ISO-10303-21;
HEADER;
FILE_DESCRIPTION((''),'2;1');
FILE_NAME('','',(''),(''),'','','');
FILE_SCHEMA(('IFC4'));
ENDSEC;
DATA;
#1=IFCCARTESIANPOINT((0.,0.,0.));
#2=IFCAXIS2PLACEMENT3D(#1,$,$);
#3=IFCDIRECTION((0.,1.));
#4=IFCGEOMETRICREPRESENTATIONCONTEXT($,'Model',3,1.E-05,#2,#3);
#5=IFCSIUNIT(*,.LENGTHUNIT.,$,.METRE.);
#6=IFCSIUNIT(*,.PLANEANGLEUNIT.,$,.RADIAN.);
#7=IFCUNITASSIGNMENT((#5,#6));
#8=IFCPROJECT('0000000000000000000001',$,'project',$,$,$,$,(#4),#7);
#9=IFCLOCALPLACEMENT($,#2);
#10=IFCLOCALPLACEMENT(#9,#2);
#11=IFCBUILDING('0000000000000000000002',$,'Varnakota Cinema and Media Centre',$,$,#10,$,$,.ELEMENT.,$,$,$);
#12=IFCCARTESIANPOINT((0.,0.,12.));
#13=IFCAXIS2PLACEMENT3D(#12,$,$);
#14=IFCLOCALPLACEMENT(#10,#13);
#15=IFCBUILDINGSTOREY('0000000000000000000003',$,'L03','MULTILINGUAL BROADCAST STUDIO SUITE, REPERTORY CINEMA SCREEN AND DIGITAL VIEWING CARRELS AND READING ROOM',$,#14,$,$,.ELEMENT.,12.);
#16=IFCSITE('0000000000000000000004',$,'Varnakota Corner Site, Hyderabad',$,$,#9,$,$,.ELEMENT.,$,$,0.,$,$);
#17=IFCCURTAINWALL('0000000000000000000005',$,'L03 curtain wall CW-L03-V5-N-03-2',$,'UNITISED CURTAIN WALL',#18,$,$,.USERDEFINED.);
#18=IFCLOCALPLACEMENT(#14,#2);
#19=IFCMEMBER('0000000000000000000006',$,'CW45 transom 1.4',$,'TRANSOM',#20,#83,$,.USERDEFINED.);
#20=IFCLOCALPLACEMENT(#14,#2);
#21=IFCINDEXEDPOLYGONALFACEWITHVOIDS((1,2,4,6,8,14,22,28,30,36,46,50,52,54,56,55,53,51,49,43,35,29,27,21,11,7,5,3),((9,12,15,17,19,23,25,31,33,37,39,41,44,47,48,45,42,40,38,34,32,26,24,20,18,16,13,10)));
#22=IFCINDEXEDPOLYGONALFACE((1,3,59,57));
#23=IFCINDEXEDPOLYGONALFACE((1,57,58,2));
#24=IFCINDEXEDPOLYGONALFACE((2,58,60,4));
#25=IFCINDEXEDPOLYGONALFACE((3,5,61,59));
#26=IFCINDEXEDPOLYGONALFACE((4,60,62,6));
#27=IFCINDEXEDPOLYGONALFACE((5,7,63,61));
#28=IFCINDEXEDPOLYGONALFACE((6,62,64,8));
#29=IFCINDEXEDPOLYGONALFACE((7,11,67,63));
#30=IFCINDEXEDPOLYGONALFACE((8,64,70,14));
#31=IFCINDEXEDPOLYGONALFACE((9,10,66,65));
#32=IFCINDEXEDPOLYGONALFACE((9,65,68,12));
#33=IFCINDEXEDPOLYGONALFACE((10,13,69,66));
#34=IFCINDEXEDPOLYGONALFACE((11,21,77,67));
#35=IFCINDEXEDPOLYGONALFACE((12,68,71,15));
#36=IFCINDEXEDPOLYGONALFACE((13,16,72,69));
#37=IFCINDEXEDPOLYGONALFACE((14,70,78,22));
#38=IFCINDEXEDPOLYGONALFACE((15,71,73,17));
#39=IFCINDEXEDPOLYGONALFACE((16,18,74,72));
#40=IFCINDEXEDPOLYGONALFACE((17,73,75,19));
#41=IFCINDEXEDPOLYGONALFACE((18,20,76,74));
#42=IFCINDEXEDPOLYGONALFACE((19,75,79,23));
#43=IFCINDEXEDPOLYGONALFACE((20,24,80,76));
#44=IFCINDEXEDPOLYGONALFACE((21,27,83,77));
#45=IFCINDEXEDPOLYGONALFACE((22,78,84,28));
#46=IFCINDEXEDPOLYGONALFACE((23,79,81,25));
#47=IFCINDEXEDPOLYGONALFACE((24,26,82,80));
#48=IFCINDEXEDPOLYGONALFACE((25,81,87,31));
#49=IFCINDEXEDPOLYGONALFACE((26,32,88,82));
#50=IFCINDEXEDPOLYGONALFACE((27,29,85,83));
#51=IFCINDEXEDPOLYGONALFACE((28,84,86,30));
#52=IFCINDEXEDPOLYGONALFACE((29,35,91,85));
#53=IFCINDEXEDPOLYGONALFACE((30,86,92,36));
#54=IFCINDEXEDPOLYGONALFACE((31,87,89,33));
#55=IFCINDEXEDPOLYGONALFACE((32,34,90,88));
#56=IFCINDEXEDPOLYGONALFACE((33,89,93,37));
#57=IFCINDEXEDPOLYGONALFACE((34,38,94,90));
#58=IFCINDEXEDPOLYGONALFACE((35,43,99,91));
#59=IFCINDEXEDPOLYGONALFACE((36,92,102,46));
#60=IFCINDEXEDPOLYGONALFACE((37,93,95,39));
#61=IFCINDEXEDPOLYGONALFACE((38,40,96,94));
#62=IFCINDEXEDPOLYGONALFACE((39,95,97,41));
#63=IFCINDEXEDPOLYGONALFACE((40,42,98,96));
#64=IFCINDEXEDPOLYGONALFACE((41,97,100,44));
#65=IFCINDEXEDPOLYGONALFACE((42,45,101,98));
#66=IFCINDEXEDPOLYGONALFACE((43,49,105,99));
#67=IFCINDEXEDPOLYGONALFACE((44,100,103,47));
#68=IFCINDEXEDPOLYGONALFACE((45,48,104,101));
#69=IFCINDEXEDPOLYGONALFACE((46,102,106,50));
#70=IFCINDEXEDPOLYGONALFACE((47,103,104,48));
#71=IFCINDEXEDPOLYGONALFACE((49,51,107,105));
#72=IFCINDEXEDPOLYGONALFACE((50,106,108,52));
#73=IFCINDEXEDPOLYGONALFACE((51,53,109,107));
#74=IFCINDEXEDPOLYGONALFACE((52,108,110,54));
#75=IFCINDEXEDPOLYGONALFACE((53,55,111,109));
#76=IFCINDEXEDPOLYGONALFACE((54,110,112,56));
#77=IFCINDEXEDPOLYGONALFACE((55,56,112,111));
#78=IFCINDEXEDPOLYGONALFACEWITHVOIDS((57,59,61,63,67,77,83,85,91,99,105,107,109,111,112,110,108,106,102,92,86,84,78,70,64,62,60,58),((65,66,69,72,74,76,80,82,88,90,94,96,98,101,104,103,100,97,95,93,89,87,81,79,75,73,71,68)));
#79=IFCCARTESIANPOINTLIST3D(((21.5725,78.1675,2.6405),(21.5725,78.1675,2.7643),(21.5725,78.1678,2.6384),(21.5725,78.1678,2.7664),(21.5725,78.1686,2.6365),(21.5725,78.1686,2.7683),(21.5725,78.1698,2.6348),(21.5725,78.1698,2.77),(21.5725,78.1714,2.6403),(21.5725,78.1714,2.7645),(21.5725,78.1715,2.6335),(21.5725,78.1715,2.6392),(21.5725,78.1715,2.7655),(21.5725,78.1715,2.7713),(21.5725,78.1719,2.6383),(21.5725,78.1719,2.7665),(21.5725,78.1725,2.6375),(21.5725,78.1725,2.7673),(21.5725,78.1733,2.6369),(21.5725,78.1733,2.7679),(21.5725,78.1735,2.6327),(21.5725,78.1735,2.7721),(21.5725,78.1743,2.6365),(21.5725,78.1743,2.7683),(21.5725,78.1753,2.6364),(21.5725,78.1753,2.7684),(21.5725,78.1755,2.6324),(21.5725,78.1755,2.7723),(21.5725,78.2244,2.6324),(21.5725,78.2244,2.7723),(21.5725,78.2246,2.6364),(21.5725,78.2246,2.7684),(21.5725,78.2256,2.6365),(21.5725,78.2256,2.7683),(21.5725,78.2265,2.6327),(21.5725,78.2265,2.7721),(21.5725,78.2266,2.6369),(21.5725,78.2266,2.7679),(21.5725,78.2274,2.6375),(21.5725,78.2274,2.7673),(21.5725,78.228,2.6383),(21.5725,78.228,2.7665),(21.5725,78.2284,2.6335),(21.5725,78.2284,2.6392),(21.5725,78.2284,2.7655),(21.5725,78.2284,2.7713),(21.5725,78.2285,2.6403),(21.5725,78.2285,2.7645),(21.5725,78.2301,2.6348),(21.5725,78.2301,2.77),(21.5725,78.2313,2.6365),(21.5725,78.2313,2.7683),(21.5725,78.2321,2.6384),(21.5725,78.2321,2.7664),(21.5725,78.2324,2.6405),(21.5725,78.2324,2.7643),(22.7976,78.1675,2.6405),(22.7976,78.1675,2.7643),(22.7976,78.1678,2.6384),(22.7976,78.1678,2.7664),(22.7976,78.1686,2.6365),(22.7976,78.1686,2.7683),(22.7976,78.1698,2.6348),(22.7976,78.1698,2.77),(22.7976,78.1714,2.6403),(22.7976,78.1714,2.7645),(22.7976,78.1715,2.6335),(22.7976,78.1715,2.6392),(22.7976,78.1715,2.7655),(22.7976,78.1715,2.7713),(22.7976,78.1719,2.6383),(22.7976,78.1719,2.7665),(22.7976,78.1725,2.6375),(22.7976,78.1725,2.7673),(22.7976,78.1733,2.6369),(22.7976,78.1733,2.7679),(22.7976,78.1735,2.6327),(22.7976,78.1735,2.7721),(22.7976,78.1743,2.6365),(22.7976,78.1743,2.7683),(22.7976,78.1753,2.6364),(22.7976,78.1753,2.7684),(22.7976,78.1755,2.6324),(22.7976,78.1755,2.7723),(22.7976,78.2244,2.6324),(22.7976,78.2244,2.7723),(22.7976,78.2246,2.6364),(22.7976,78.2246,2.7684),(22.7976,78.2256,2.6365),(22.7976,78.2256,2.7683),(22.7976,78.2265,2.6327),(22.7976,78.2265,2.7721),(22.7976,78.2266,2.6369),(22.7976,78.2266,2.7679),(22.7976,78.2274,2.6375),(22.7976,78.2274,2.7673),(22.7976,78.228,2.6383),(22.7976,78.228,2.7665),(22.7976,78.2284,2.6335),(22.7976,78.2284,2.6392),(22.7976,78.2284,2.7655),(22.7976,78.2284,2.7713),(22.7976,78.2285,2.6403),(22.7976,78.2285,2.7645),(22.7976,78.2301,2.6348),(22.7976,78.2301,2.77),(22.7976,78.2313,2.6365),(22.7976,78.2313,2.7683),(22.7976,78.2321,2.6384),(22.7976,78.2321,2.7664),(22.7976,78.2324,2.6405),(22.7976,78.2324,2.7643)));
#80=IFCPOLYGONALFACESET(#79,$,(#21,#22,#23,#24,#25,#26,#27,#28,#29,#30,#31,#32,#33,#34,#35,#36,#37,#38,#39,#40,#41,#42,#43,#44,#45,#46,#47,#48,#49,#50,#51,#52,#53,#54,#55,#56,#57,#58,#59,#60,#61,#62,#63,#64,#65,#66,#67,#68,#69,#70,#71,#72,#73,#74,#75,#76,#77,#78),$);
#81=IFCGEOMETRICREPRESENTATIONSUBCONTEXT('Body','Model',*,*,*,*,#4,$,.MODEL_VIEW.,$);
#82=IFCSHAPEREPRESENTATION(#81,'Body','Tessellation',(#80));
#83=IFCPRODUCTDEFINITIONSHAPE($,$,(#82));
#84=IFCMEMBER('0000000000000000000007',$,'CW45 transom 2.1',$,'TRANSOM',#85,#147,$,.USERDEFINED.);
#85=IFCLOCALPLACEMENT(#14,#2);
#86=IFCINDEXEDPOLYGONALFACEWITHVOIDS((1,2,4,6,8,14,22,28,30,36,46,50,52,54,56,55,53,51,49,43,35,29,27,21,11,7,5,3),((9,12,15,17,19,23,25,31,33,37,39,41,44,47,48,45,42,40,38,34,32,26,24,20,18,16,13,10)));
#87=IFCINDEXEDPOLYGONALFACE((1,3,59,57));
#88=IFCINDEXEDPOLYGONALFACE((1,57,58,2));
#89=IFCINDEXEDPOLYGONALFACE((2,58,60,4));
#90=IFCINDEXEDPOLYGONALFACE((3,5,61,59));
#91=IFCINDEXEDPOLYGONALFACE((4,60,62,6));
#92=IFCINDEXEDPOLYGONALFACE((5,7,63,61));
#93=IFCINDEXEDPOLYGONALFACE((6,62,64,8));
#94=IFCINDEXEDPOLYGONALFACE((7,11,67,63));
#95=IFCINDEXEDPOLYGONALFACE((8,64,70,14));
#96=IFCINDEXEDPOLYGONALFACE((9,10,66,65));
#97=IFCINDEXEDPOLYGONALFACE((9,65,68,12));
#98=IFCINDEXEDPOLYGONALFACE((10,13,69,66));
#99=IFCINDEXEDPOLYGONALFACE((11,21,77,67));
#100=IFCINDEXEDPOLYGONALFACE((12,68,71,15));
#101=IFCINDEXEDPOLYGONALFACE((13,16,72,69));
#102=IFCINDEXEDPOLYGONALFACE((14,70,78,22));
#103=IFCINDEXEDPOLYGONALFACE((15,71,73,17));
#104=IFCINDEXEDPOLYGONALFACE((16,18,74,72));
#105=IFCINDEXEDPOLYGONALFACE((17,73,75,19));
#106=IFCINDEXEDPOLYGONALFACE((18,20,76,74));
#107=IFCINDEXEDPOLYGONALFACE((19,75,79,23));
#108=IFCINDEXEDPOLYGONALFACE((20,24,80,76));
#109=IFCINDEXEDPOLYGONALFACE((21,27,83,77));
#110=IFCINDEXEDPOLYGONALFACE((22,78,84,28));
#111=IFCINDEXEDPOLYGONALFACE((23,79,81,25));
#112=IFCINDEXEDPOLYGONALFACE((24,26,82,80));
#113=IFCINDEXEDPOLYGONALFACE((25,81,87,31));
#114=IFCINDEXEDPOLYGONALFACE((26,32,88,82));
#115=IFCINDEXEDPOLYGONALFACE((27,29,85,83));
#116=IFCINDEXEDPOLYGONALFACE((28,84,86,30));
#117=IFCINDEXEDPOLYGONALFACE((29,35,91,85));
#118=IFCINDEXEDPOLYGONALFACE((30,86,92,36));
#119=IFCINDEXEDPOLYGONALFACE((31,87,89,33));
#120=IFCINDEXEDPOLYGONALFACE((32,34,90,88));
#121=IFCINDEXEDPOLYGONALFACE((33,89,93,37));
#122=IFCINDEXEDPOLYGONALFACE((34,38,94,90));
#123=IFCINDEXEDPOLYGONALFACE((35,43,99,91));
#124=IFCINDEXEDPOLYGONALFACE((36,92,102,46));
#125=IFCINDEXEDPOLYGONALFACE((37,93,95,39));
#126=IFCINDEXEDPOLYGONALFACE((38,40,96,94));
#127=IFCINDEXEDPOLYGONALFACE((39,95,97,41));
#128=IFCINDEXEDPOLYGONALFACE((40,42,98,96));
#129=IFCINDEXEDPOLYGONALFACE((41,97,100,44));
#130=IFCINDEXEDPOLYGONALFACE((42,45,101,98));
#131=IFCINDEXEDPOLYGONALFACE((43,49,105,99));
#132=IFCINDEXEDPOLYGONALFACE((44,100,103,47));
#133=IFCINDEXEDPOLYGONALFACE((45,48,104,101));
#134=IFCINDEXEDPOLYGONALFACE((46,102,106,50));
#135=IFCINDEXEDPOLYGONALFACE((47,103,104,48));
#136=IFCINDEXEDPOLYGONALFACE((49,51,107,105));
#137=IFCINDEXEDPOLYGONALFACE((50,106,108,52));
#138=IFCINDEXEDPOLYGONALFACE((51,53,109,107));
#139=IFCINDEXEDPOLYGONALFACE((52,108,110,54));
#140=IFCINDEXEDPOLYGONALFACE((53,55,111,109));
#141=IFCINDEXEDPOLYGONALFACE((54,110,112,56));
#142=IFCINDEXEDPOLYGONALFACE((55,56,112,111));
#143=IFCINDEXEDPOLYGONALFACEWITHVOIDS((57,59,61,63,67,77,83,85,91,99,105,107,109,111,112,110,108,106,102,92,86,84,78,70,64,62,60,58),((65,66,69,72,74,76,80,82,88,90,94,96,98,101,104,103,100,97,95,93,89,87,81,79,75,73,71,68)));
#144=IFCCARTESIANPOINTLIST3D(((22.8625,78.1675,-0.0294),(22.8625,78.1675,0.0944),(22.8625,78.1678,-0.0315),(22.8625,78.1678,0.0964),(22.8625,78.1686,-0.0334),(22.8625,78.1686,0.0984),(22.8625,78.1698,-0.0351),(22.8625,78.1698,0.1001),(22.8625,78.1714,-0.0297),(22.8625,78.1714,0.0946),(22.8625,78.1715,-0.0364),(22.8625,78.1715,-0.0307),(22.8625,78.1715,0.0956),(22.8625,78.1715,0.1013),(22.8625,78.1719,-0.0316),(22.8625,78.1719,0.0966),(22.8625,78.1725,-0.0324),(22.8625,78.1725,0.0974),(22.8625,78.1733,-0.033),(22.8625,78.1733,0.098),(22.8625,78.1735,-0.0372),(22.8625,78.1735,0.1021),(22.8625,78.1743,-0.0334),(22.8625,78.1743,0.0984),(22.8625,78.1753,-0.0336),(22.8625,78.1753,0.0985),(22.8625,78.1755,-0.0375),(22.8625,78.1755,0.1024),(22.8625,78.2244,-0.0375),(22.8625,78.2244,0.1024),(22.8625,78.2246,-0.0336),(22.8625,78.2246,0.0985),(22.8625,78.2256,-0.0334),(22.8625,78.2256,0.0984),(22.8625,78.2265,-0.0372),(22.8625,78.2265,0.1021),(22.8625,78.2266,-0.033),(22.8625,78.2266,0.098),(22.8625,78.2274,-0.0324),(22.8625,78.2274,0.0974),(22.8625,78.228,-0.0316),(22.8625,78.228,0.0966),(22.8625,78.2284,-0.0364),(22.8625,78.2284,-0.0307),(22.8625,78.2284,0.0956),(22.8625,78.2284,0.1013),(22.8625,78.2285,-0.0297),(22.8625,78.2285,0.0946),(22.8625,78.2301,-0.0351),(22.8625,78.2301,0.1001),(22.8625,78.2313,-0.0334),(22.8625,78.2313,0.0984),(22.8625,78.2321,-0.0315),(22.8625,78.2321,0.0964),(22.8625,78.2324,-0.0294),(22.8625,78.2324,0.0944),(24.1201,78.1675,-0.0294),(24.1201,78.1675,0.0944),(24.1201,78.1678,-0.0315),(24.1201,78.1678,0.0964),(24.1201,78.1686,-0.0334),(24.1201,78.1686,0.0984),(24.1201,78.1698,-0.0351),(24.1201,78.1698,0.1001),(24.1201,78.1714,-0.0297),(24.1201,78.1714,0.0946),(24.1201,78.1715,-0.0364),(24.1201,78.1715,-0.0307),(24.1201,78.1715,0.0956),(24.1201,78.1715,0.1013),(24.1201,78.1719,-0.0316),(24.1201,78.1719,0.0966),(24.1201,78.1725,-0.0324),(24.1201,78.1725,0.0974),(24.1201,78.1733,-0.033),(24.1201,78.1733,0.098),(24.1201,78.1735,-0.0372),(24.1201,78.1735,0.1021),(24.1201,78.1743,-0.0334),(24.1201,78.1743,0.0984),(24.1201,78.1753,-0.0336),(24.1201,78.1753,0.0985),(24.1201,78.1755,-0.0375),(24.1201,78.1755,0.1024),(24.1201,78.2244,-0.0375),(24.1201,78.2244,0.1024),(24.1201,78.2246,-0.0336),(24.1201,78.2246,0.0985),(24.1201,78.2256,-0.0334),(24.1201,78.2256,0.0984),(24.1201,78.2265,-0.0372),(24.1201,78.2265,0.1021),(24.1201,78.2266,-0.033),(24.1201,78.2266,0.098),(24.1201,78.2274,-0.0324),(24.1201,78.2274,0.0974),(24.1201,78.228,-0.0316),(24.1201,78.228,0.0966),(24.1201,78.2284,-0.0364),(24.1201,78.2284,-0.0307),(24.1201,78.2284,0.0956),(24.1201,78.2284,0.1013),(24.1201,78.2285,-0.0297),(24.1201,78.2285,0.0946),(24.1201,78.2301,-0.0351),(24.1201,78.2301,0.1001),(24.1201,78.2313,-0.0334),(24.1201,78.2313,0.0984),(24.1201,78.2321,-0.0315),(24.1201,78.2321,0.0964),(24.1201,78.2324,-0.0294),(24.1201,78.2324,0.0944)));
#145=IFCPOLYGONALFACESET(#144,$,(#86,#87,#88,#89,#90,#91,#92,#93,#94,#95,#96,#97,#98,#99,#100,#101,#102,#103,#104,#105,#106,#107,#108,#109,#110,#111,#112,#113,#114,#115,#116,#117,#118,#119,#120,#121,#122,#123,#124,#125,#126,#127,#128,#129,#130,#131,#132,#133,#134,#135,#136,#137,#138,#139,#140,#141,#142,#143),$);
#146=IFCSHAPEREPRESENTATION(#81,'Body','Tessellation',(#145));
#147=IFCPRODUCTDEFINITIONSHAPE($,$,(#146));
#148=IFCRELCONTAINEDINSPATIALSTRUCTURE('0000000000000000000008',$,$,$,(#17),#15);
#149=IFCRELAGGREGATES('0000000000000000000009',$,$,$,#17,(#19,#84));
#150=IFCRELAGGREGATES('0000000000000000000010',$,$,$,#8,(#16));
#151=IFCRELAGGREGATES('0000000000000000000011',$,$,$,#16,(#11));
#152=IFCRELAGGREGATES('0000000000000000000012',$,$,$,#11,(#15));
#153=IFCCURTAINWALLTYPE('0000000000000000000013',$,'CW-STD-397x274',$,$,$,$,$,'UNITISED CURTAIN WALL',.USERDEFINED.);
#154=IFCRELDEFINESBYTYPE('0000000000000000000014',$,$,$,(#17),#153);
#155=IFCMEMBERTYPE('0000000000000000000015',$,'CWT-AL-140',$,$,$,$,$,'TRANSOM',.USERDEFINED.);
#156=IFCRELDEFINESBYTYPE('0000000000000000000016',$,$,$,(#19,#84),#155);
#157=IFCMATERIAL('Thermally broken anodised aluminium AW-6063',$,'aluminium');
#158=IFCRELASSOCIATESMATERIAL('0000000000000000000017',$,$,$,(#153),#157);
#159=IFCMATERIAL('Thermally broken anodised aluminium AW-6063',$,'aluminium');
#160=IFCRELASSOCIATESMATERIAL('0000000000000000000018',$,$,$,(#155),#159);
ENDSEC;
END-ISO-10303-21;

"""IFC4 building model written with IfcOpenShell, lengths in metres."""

from ifc_helpers import new_model, si_unit, direction, frame, origin, origin_2d, place, context, subcontext, project, spatial, hollow_rectangle, extrude, material, material_profile, profile_set, type_object, element, aggregate, save


model = new_model("IFC4")

# Units and contexts
model_context = context("Model", 3, precision=1e-05, world=origin(), true_north=direction((0.0, 1.0)))
body_context = subcontext(model_context, "Body", "Model", "MODEL_VIEW")
ifc_project = project(units=[si_unit("LENGTHUNIT", "METRE"), si_unit("PLANEANGLEUNIT", "RADIAN")], contexts=[model_context])

# Site, building, storey
site_placement = place(None, origin())
site = spatial("IfcSite", under=ifc_project, at=site_placement, Name="Varnakota Corner Site, Hyderabad", CompositionType="ELEMENT", RefElevation=0.0)
building_placement = place(site_placement, origin())
building = spatial("IfcBuilding", under=site, at=building_placement, Name="Varnakota Cinema and Media Centre", CompositionType="ELEMENT")
storey_placement = place(building_placement, frame((0.0, 0.0, 12.0)))
storey = spatial("IfcBuildingStorey", under=building, at=storey_placement, Name="L03", Description="MULTILINGUAL BROADCAST STUDIO SUITE, REPERTORY CINEMA SCREEN AND DIGITAL VIEWING CARRELS AND READING ROOM", CompositionType="ELEMENT", Elevation=12.0)

# Curtain wall, members
ifc_material_1 = material(Name="Thermally broken anodised aluminium AW-6063", Category="aluminium")
curtain_wall_type = type_object("IfcCurtainWallType", Name="CW-STD-397x274", ElementType="UNITISED CURTAIN WALL", PredefinedType="USERDEFINED", material=ifc_material_1)
curtain_wall_placement = place(storey_placement, origin())
curtain_wall = element("IfcCurtainWall", 1, at=curtain_wall_placement, inside=storey, type_object=curtain_wall_type, Name="L03 curtain wall CW-L03-V5-N-03-2", ObjectType="UNITISED CURTAIN WALL", PredefinedType="USERDEFINED")
ifc_material_2 = material(Name="Thermally broken anodised aluminium AW-6063", Category="aluminium")
ifc_material_profile_1 = material_profile(ifc_material_2, hollow_rectangle(XDim=0.0649, YDim=0.1399, WallThickness=0.0039, InnerFilletRadius=0.0039, OuterFilletRadius=0.0081, at=origin_2d()), Name="AL-TRANSOM 140x65x4")
ifc_profile_set_1 = profile_set([ifc_material_profile_1], Name="Thermally broken anodised aluminium AW-6063")
member_type_1 = type_object("IfcMemberType", Name="CWT-AL-140", ElementType="TRANSOM", PredefinedType="USERDEFINED", material=ifc_profile_set_1)
member_1_placement = place(storey_placement, frame((21.5725, 78.2, 2.7024), z_axis=(1.0, 0.0, 0.0), x_axis=(0.0, 1.0, 0.0)))
member_1 = element("IfcMember", 2, at=member_1_placement, type_object=member_type_1, Name="CW45 transom 1.4", ObjectType="TRANSOM", PredefinedType="USERDEFINED", context=body_context, shape_type="SweptSolid", body=[
    extrude(hollow_rectangle(XDim=0.0649, YDim=0.1399, WallThickness=0.0039, InnerFilletRadius=0.0039, OuterFilletRadius=0.0081, at=origin_2d()), origin(), (0.0, 0.0, 1.0), 1.2251),
])
member_2_placement = place(storey_placement, frame((22.8625, 78.2, 0.0325), z_axis=(1.0, 0.0, 0.0), x_axis=(0.0, 1.0, 0.0)))
member_2 = element("IfcMember", 3, at=member_2_placement, type_object=member_type_1, Name="CW45 transom 2.1", ObjectType="TRANSOM", PredefinedType="USERDEFINED", context=body_context, shape_type="SweptSolid", body=[
    extrude(hollow_rectangle(XDim=0.0649, YDim=0.1399, WallThickness=0.0039, InnerFilletRadius=0.0039, OuterFilletRadius=0.0081, at=origin_2d()), origin(), (0.0, 0.0, 1.0), 1.2576),
])
aggregate(curtain_wall, [member_1, member_2])

save(model, "model.ifc")
